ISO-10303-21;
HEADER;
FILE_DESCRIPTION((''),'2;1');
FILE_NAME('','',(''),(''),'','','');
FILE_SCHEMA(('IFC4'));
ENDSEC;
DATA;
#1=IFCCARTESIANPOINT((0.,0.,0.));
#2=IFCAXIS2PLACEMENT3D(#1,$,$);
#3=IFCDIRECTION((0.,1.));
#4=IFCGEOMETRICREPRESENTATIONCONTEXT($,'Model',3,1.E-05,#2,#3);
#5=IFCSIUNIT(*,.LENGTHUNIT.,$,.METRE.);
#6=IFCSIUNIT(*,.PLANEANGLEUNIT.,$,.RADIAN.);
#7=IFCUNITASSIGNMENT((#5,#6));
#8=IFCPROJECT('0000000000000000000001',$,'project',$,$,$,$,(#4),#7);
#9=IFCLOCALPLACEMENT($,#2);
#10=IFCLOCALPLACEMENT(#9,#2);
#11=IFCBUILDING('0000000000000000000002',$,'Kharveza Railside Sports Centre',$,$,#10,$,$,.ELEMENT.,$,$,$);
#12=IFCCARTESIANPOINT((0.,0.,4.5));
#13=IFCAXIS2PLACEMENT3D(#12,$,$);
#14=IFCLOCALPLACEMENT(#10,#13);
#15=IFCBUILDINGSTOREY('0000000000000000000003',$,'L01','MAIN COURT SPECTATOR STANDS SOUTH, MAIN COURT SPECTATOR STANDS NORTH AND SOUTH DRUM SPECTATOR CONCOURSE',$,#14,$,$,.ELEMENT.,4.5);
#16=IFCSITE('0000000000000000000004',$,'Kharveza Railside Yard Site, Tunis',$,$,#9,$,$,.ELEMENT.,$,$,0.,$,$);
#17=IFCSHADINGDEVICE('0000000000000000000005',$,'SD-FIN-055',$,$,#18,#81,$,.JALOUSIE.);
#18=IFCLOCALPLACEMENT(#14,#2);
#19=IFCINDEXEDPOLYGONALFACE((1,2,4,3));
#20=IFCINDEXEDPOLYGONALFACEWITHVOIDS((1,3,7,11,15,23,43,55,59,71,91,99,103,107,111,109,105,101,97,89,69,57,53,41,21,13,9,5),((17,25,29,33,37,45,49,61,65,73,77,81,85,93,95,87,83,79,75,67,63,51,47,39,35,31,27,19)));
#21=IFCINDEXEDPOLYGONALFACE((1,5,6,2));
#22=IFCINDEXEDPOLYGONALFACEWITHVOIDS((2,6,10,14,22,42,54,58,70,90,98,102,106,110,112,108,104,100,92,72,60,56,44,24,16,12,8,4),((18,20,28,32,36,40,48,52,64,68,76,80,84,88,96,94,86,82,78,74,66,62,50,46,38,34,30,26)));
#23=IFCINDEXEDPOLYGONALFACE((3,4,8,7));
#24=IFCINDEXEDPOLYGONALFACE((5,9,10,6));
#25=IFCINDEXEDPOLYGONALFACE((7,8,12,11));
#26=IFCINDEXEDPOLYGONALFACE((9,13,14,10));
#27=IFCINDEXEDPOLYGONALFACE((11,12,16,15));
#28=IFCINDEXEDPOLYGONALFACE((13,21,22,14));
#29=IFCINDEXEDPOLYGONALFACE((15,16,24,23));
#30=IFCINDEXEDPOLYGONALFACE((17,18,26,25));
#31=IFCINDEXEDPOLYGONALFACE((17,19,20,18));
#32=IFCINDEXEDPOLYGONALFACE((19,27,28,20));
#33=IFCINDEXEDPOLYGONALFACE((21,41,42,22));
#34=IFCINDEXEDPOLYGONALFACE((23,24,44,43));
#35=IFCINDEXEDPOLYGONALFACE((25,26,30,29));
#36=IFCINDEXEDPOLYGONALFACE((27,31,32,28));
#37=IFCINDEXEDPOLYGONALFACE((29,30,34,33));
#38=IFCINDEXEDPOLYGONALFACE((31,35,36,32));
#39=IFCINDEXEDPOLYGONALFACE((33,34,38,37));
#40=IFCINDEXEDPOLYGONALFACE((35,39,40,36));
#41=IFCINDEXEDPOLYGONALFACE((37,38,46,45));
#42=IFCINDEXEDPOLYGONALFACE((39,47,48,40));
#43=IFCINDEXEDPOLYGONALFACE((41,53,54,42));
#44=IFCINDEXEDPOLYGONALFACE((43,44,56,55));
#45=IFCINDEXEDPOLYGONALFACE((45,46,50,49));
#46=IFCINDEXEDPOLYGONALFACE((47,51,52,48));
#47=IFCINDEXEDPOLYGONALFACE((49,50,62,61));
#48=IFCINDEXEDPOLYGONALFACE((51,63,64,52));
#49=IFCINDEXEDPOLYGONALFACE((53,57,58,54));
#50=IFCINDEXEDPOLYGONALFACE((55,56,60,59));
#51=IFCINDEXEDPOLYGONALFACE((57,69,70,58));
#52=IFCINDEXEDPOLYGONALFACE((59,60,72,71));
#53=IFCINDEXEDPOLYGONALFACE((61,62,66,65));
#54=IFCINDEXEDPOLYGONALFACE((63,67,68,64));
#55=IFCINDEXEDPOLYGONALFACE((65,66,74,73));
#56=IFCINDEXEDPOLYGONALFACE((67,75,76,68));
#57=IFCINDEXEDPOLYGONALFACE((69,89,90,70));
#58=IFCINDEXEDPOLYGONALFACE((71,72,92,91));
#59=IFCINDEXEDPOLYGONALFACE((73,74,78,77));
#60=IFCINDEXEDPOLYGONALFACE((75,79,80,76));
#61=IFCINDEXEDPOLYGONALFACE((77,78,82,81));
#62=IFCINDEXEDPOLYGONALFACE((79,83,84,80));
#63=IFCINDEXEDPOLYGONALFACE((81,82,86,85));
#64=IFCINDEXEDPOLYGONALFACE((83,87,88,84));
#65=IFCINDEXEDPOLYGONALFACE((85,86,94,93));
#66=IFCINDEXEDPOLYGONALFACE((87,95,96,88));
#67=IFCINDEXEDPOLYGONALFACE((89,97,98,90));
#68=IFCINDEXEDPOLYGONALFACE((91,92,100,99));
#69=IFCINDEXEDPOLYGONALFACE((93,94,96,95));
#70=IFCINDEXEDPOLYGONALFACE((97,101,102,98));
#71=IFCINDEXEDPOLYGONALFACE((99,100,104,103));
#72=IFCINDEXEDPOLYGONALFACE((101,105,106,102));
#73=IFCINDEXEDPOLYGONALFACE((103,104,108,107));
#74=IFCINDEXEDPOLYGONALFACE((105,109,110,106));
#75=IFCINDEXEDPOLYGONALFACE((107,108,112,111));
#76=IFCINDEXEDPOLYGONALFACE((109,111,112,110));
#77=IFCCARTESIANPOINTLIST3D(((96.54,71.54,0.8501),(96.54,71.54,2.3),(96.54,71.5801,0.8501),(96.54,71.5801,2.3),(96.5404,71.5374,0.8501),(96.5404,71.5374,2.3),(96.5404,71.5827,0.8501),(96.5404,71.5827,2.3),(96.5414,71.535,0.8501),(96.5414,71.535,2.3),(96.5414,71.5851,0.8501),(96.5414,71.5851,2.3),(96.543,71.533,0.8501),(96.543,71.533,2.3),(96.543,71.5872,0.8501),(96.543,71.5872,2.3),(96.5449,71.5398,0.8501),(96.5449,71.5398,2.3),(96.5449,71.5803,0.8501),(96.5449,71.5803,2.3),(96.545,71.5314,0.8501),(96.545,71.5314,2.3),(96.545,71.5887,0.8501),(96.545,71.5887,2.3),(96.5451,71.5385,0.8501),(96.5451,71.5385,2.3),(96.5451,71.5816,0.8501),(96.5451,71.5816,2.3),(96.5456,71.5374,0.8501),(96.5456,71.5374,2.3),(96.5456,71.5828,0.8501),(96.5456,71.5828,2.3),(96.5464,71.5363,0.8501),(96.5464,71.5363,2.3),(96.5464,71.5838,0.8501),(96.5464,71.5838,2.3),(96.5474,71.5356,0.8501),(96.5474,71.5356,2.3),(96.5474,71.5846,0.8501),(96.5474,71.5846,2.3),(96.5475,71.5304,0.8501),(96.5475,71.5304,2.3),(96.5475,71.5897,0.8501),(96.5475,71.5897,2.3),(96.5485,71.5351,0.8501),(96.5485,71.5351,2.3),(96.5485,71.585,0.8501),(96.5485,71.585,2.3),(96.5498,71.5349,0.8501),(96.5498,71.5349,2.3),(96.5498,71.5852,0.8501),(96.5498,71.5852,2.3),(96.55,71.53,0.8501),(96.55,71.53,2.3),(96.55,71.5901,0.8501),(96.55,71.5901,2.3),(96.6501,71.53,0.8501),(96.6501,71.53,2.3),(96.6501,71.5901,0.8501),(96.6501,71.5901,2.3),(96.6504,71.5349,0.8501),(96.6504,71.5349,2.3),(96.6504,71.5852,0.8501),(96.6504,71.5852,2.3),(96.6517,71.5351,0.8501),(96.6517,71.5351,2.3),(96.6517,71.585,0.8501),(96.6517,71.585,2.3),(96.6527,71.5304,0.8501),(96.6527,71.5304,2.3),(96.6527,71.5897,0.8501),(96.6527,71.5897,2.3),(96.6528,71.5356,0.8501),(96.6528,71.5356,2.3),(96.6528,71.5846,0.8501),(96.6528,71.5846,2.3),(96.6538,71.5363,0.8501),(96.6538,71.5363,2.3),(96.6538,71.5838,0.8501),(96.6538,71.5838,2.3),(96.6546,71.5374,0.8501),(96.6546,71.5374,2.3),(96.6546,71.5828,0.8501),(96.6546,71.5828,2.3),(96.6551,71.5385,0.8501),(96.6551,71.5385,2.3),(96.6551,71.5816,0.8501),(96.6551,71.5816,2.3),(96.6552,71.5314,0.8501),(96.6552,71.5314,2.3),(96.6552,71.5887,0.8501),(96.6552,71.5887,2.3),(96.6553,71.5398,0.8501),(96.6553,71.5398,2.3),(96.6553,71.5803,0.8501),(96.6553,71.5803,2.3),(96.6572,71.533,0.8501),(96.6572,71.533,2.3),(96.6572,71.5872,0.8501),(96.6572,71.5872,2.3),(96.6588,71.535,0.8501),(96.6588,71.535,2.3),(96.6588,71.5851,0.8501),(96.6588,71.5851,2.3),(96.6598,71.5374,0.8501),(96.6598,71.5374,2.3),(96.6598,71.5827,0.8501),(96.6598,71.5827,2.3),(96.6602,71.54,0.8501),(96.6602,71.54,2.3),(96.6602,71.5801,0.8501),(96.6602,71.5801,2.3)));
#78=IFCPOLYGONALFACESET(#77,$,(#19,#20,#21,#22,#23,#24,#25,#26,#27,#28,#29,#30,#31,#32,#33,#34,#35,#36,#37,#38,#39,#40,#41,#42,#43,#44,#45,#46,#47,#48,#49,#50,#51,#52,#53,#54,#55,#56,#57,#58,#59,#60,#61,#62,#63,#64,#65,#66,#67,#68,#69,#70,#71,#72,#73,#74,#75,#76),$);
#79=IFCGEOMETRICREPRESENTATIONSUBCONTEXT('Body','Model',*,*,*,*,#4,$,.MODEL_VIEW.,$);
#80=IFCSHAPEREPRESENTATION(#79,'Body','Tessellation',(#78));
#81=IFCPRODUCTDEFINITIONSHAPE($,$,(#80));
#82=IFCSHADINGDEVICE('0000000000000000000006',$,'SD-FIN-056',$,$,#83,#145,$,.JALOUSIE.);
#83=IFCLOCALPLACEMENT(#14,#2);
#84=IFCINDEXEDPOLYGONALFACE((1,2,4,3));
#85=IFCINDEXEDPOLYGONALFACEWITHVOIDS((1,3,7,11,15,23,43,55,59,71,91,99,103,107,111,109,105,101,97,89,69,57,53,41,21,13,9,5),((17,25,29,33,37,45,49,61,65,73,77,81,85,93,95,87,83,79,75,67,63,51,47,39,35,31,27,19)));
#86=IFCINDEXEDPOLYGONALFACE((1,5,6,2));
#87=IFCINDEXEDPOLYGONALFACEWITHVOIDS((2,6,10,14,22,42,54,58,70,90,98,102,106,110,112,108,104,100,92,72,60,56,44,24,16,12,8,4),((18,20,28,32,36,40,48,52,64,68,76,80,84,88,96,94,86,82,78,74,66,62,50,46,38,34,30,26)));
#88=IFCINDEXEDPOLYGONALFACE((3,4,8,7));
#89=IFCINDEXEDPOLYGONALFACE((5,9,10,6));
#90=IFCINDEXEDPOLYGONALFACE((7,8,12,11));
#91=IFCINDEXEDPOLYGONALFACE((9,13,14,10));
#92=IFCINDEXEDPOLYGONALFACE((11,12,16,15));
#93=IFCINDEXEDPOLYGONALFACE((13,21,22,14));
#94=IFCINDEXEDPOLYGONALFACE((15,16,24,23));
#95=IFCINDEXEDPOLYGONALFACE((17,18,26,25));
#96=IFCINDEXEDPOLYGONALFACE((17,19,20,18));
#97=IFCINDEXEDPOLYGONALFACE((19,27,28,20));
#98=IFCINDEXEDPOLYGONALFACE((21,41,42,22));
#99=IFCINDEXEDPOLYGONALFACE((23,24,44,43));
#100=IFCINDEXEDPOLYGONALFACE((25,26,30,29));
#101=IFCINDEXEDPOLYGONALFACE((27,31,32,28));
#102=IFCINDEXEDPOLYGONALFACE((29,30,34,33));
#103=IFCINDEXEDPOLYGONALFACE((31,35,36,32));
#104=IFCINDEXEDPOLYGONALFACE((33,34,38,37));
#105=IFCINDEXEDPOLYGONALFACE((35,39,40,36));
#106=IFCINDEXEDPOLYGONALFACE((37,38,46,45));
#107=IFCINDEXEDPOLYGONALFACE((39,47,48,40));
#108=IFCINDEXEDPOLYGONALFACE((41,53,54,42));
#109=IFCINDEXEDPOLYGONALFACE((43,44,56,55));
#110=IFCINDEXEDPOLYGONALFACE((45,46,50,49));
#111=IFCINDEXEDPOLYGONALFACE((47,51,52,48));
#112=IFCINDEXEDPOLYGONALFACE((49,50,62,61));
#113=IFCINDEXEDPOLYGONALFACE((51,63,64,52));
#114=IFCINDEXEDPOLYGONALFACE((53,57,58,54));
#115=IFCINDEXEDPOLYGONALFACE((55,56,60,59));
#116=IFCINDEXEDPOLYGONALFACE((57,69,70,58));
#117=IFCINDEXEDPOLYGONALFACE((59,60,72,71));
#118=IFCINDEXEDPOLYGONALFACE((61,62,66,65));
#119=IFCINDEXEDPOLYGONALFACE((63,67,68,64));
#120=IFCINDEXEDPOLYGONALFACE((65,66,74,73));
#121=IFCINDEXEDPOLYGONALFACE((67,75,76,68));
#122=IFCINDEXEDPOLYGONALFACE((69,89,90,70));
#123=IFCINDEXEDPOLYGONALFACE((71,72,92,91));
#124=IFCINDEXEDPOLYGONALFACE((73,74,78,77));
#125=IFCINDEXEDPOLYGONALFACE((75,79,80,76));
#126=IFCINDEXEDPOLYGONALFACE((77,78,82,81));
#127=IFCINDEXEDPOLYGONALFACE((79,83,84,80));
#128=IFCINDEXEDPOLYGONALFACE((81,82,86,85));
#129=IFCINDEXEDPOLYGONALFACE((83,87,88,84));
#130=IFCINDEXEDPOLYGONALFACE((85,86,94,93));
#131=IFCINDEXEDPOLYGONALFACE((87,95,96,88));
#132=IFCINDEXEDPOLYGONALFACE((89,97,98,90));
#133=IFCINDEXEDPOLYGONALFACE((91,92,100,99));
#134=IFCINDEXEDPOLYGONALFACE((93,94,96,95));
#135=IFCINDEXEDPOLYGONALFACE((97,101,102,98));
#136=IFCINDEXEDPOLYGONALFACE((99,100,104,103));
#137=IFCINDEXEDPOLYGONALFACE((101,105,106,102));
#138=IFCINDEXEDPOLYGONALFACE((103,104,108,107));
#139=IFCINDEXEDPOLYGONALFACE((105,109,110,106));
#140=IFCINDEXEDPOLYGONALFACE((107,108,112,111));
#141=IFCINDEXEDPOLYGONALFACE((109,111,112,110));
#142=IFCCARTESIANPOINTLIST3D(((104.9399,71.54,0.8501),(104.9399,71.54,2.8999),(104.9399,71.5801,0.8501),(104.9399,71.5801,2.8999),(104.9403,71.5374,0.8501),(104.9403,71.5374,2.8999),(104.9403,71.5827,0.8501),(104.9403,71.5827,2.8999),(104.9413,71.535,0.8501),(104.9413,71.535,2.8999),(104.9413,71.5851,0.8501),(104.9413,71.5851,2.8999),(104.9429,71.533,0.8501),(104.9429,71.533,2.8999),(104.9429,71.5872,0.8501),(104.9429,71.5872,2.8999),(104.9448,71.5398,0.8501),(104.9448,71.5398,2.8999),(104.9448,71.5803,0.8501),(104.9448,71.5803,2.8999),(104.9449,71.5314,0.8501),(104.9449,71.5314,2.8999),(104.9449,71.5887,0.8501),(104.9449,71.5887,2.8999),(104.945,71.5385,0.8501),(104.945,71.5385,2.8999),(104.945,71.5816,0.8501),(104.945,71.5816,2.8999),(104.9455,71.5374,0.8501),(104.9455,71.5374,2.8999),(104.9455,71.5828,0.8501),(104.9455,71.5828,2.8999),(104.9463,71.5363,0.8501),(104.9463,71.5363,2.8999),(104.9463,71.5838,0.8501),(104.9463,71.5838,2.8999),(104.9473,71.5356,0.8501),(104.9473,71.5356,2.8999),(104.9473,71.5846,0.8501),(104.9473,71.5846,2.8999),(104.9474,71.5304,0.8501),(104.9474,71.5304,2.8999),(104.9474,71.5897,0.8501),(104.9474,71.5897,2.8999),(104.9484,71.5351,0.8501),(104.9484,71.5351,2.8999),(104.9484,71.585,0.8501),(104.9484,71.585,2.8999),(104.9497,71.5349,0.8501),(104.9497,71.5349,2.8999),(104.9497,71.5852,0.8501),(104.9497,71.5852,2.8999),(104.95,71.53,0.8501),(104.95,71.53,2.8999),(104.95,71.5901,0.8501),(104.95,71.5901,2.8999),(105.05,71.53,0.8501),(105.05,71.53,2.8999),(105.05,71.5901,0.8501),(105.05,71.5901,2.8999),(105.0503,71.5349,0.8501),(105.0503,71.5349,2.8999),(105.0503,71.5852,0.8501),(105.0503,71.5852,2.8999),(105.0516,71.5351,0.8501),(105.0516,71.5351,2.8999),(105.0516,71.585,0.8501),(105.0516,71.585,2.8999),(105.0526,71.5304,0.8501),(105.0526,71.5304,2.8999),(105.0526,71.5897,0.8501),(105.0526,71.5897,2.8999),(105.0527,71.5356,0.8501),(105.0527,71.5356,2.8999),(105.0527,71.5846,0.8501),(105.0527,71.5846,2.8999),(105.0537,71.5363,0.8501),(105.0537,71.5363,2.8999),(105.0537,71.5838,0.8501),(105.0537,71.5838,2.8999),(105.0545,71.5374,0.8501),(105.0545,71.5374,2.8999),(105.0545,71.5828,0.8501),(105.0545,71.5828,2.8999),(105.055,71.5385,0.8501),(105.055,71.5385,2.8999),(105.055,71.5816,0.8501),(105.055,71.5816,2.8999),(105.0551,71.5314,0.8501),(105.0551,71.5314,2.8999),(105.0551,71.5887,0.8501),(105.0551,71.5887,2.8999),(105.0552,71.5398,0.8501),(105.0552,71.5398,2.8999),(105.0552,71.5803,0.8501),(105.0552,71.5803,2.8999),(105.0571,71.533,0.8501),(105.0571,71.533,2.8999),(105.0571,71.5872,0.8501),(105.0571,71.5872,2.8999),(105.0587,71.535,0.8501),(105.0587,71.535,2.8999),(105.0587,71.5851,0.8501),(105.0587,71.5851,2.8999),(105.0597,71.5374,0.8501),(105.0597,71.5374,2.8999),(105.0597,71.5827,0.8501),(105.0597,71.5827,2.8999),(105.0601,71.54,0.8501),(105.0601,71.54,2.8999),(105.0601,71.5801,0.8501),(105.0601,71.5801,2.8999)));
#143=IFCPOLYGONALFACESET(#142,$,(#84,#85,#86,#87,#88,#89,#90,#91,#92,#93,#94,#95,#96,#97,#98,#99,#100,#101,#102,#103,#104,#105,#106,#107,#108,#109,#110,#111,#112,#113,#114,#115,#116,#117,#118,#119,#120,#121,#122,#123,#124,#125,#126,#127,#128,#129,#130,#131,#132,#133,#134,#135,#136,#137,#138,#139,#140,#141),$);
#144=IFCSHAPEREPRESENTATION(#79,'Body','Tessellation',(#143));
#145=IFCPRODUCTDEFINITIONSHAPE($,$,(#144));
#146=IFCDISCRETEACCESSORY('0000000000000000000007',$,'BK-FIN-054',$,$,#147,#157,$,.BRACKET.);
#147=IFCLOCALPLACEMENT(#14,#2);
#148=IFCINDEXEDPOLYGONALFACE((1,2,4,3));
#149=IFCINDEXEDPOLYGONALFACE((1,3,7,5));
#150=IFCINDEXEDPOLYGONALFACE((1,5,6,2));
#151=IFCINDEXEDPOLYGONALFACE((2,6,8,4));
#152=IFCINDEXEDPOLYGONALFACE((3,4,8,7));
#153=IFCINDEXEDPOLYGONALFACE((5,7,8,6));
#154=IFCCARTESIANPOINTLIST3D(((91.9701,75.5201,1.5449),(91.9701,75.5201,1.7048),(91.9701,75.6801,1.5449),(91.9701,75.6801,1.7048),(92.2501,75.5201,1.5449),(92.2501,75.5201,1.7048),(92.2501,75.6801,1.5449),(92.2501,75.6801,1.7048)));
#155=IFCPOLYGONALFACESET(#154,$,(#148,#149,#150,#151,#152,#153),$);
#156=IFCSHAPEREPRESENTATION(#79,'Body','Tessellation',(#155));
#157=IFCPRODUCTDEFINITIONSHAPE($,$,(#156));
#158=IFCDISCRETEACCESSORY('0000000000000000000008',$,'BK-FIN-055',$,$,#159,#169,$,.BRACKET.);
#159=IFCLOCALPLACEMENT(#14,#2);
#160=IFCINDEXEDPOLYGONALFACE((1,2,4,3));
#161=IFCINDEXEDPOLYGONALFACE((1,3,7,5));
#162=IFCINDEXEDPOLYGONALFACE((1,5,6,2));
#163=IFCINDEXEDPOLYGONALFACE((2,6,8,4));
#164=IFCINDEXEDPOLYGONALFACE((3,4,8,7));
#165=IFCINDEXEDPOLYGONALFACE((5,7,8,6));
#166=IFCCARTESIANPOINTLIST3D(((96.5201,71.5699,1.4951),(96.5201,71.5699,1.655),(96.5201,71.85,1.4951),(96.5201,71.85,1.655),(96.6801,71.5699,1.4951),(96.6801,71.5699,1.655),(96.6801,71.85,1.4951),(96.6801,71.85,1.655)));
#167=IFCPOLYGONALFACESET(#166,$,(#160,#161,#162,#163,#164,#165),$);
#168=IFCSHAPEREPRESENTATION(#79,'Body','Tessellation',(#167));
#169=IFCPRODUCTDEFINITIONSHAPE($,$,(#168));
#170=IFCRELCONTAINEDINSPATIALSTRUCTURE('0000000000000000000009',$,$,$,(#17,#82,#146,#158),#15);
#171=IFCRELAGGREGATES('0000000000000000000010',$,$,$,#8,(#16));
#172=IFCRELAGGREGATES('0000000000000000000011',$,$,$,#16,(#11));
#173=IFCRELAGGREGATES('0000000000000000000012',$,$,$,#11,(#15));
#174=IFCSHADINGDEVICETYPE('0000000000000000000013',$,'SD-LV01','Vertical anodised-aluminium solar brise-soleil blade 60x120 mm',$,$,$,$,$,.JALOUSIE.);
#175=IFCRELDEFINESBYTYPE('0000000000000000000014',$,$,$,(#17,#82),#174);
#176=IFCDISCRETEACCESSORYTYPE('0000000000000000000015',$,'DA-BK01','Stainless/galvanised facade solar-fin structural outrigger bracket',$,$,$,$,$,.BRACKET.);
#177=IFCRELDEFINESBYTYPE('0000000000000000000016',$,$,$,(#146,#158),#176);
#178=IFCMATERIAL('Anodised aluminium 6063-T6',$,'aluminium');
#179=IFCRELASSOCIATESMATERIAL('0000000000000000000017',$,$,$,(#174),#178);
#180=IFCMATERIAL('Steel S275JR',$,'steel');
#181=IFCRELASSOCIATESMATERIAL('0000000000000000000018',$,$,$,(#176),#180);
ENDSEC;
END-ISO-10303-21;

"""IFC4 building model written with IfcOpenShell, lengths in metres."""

from ifc_helpers import new_model, si_unit, direction, frame, origin, origin_2d, place, context, subcontext, project, spatial, rectangle, hollow_rectangle, extrude, material, material_profile, profile_set, type_object, element, save


model = new_model("IFC4")

# Units and contexts
model_context = context("Model", 3, precision=1e-05, world=origin(), true_north=direction((0.0, 1.0)))
body_context = subcontext(model_context, "Body", "Model", "MODEL_VIEW")
ifc_project = project(units=[si_unit("LENGTHUNIT", "METRE"), si_unit("PLANEANGLEUNIT", "RADIAN")], contexts=[model_context])

# Site, building, storey
site_placement = place(None, origin())
site = spatial("IfcSite", under=ifc_project, at=site_placement, Name="Kharveza Railside Yard Site, Tunis", CompositionType="ELEMENT", RefElevation=0.0)
building_placement = place(site_placement, origin())
building = spatial("IfcBuilding", under=site, at=building_placement, Name="Kharveza Railside Sports Centre", CompositionType="ELEMENT")
storey_placement = place(building_placement, frame((0.0, 0.0, 4.5)))
storey = spatial("IfcBuildingStorey", under=building, at=storey_placement, Name="L01", Description="MAIN COURT SPECTATOR STANDS SOUTH, MAIN COURT SPECTATOR STANDS NORTH AND SOUTH DRUM SPECTATOR CONCOURSE", CompositionType="ELEMENT", Elevation=4.5)

# Shared definitions
ifc_material_1 = material(Name="Anodised aluminium 6063-T6", Category="aluminium")

# Shared definitions
ifc_material_2 = material(Name="Steel S275JR", Category="steel")

# Shading devices
ifc_material_profile_1 = material_profile(ifc_material_1, hollow_rectangle(XDim=0.0601, YDim=0.1201, WallThickness=0.0049, InnerFilletRadius=0.0049, OuterFilletRadius=0.01, at=origin_2d()), Name="RHS 60x120x5.0")
ifc_profile_set_1 = profile_set([ifc_material_profile_1], Name="Anodised aluminium 6063-T6")
shading_device_type = type_object("IfcShadingDeviceType", Name="SD-LV01", Description="Vertical anodised-aluminium solar brise-soleil blade 60x120 mm", PredefinedType="JALOUSIE", material=ifc_profile_set_1)
shading_device_1_placement = place(storey_placement, frame((96.6001, 71.5601, 0.8501), z_axis=(0.0, 0.0, 1.0), x_axis=(0.0, -1.0, 0.0)))
element("IfcShadingDevice", 1, at=shading_device_1_placement, inside=storey, type_object=shading_device_type, Name="SD-FIN-055", PredefinedType="JALOUSIE", context=body_context, shape_type="SweptSolid", body=[
    extrude(hollow_rectangle(XDim=0.0601, YDim=0.1201, WallThickness=0.0049, InnerFilletRadius=0.0049, OuterFilletRadius=0.01, at=origin_2d()), origin(), (0.0, 0.0, 1.0), 1.45),
])
shading_device_2_placement = place(storey_placement, frame((105.0, 71.5601, 0.8501), z_axis=(0.0, 0.0, 1.0), x_axis=(0.0, -1.0, 0.0)))
element("IfcShadingDevice", 2, at=shading_device_2_placement, inside=storey, type_object=shading_device_type, Name="SD-FIN-056", PredefinedType="JALOUSIE", context=body_context, shape_type="SweptSolid", body=[
    extrude(hollow_rectangle(XDim=0.0601, YDim=0.1201, WallThickness=0.0049, InnerFilletRadius=0.0049, OuterFilletRadius=0.01, at=origin_2d()), origin(), (0.0, 0.0, 1.0), 2.0498),
])

# Discrete accessories
discrete_accessory_type = type_object("IfcDiscreteAccessoryType", Name="DA-BK01", Description="Stainless/galvanised facade solar-fin structural outrigger bracket", PredefinedType="BRACKET", material=ifc_material_2)
for number, where, z_axis, x_axis, name in (
    (3, (92.1101, 75.6001, 1.5449), (0.0, 0.0, 1.0), (-1.0, 0.0, 0.0), "BK-FIN-054"),
    (4, (96.6001, 71.71, 1.4951), (0.0, 0.0, 1.0), (0.0, -1.0, 0.0), "BK-FIN-055"),
):
    element("IfcDiscreteAccessory", number, at=place(storey_placement, frame(where, z_axis=z_axis, x_axis=x_axis)), inside=storey, type_object=discrete_accessory_type, Name=name, PredefinedType="BRACKET", context=body_context, shape_type="SweptSolid", body=[
        extrude(rectangle(XDim=0.28, YDim=0.1599, at=origin_2d()), origin(), (0.0, 0.0, 1.0), 0.1599),
    ])

save(model, "model.ifc")
